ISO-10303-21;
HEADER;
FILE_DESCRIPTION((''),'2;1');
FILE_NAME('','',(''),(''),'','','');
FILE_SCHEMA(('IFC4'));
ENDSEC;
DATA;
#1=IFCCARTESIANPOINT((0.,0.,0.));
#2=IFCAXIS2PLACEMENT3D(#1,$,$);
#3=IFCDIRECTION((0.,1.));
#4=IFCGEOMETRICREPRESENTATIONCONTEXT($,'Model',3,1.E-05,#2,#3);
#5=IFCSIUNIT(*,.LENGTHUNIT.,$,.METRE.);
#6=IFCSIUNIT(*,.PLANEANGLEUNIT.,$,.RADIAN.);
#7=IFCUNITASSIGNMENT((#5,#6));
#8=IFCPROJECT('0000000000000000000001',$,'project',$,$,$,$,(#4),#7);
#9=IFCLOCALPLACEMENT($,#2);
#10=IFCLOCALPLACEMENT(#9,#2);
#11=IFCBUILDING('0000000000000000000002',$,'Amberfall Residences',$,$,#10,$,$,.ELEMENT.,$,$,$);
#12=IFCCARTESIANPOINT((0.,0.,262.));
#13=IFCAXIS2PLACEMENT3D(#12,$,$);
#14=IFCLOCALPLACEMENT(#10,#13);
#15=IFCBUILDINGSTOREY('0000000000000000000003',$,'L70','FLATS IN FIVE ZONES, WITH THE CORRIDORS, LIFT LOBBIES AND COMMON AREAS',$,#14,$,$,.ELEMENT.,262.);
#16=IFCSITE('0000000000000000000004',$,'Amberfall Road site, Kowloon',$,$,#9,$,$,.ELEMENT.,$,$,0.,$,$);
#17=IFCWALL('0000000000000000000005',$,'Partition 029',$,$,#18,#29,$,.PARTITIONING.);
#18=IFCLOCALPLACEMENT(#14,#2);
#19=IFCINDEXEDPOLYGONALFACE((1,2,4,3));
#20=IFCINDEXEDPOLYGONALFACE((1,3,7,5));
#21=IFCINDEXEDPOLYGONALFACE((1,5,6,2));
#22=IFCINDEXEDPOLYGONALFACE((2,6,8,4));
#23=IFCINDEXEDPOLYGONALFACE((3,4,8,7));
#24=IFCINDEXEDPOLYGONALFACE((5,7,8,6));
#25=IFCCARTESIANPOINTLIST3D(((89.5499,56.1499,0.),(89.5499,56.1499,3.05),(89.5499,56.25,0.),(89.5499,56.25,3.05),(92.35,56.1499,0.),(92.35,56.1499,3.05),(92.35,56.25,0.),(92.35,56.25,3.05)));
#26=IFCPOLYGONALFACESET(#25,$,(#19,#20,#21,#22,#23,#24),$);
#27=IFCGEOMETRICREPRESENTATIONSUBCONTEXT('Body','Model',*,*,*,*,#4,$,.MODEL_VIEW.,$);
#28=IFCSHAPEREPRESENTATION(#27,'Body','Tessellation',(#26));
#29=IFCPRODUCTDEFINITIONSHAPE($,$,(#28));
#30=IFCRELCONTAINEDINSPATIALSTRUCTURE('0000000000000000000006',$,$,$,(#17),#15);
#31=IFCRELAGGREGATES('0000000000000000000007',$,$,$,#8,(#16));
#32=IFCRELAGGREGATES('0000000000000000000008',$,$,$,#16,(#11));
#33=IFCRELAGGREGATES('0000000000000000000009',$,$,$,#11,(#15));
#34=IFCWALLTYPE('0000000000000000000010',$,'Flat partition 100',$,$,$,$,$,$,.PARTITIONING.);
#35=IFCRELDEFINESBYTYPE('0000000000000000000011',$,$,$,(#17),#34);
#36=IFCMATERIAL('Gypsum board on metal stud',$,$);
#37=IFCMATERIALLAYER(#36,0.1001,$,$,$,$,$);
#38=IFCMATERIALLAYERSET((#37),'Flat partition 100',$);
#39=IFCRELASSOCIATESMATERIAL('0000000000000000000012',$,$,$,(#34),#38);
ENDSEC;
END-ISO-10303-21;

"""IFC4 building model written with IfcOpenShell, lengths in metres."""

from ifc_helpers import new_model, si_unit, direction, frame, frame_2d, origin, place, context, subcontext, project, spatial, rectangle, extrude, material, layer, layer_set, type_object, element, save


model = new_model("IFC4")

# Units and contexts
model_context = context("Model", 3, precision=1e-05, world=origin(), true_north=direction((0.0, 1.0)))
body_context = subcontext(model_context, "Body", "Model", "MODEL_VIEW")
ifc_project = project(units=[si_unit("LENGTHUNIT", "METRE"), si_unit("PLANEANGLEUNIT", "RADIAN")], contexts=[model_context])

# Site, building, storey
site_placement = place(None, origin())
site = spatial("IfcSite", under=ifc_project, at=site_placement, Name="Amberfall Road site, Kowloon", CompositionType="ELEMENT", RefElevation=0.0)
building_placement = place(site_placement, origin())
building = spatial("IfcBuilding", under=site, at=building_placement, Name="Amberfall Residences", CompositionType="ELEMENT")
storey_placement = place(building_placement, frame((0.0, 0.0, 262.0)))
storey = spatial("IfcBuildingStorey", under=building, at=storey_placement, Name="L70", Description="FLATS IN FIVE ZONES, WITH THE CORRIDORS, LIFT LOBBIES AND COMMON AREAS", CompositionType="ELEMENT", Elevation=262.0)

# Shared definitions
ifc_material_1 = material(Name="Gypsum board on metal stud")
ifc_layer_1 = layer(ifc_material_1, 0.1001)
ifc_layer_set_1 = layer_set([ifc_layer_1], Name="Flat partition 100")
wall_type_1 = type_object("IfcWallType", Name="Flat partition 100", PredefinedType="PARTITIONING", material=ifc_layer_set_1)

# Wall
for number, where, z_axis, x_axis, name in (
    (1, (89.55, 56.2, 0.0), (0.0, 0.0, 1.0), (1.0, 0.0, 0.0), "Partition 029"),
):
    element("IfcWall", number, at=place(storey_placement, frame(where, z_axis=z_axis, x_axis=x_axis)), inside=storey, type_object=wall_type_1, Name=name, PredefinedType="PARTITIONING", context=body_context, shape_type="SweptSolid", body=[
        extrude(rectangle(XDim=2.8, YDim=0.1001, at=frame_2d((1.3999, 0.0))), origin(), (0.0, 0.0, 1.0), 3.05),
    ])

save(model, "model.ifc")
